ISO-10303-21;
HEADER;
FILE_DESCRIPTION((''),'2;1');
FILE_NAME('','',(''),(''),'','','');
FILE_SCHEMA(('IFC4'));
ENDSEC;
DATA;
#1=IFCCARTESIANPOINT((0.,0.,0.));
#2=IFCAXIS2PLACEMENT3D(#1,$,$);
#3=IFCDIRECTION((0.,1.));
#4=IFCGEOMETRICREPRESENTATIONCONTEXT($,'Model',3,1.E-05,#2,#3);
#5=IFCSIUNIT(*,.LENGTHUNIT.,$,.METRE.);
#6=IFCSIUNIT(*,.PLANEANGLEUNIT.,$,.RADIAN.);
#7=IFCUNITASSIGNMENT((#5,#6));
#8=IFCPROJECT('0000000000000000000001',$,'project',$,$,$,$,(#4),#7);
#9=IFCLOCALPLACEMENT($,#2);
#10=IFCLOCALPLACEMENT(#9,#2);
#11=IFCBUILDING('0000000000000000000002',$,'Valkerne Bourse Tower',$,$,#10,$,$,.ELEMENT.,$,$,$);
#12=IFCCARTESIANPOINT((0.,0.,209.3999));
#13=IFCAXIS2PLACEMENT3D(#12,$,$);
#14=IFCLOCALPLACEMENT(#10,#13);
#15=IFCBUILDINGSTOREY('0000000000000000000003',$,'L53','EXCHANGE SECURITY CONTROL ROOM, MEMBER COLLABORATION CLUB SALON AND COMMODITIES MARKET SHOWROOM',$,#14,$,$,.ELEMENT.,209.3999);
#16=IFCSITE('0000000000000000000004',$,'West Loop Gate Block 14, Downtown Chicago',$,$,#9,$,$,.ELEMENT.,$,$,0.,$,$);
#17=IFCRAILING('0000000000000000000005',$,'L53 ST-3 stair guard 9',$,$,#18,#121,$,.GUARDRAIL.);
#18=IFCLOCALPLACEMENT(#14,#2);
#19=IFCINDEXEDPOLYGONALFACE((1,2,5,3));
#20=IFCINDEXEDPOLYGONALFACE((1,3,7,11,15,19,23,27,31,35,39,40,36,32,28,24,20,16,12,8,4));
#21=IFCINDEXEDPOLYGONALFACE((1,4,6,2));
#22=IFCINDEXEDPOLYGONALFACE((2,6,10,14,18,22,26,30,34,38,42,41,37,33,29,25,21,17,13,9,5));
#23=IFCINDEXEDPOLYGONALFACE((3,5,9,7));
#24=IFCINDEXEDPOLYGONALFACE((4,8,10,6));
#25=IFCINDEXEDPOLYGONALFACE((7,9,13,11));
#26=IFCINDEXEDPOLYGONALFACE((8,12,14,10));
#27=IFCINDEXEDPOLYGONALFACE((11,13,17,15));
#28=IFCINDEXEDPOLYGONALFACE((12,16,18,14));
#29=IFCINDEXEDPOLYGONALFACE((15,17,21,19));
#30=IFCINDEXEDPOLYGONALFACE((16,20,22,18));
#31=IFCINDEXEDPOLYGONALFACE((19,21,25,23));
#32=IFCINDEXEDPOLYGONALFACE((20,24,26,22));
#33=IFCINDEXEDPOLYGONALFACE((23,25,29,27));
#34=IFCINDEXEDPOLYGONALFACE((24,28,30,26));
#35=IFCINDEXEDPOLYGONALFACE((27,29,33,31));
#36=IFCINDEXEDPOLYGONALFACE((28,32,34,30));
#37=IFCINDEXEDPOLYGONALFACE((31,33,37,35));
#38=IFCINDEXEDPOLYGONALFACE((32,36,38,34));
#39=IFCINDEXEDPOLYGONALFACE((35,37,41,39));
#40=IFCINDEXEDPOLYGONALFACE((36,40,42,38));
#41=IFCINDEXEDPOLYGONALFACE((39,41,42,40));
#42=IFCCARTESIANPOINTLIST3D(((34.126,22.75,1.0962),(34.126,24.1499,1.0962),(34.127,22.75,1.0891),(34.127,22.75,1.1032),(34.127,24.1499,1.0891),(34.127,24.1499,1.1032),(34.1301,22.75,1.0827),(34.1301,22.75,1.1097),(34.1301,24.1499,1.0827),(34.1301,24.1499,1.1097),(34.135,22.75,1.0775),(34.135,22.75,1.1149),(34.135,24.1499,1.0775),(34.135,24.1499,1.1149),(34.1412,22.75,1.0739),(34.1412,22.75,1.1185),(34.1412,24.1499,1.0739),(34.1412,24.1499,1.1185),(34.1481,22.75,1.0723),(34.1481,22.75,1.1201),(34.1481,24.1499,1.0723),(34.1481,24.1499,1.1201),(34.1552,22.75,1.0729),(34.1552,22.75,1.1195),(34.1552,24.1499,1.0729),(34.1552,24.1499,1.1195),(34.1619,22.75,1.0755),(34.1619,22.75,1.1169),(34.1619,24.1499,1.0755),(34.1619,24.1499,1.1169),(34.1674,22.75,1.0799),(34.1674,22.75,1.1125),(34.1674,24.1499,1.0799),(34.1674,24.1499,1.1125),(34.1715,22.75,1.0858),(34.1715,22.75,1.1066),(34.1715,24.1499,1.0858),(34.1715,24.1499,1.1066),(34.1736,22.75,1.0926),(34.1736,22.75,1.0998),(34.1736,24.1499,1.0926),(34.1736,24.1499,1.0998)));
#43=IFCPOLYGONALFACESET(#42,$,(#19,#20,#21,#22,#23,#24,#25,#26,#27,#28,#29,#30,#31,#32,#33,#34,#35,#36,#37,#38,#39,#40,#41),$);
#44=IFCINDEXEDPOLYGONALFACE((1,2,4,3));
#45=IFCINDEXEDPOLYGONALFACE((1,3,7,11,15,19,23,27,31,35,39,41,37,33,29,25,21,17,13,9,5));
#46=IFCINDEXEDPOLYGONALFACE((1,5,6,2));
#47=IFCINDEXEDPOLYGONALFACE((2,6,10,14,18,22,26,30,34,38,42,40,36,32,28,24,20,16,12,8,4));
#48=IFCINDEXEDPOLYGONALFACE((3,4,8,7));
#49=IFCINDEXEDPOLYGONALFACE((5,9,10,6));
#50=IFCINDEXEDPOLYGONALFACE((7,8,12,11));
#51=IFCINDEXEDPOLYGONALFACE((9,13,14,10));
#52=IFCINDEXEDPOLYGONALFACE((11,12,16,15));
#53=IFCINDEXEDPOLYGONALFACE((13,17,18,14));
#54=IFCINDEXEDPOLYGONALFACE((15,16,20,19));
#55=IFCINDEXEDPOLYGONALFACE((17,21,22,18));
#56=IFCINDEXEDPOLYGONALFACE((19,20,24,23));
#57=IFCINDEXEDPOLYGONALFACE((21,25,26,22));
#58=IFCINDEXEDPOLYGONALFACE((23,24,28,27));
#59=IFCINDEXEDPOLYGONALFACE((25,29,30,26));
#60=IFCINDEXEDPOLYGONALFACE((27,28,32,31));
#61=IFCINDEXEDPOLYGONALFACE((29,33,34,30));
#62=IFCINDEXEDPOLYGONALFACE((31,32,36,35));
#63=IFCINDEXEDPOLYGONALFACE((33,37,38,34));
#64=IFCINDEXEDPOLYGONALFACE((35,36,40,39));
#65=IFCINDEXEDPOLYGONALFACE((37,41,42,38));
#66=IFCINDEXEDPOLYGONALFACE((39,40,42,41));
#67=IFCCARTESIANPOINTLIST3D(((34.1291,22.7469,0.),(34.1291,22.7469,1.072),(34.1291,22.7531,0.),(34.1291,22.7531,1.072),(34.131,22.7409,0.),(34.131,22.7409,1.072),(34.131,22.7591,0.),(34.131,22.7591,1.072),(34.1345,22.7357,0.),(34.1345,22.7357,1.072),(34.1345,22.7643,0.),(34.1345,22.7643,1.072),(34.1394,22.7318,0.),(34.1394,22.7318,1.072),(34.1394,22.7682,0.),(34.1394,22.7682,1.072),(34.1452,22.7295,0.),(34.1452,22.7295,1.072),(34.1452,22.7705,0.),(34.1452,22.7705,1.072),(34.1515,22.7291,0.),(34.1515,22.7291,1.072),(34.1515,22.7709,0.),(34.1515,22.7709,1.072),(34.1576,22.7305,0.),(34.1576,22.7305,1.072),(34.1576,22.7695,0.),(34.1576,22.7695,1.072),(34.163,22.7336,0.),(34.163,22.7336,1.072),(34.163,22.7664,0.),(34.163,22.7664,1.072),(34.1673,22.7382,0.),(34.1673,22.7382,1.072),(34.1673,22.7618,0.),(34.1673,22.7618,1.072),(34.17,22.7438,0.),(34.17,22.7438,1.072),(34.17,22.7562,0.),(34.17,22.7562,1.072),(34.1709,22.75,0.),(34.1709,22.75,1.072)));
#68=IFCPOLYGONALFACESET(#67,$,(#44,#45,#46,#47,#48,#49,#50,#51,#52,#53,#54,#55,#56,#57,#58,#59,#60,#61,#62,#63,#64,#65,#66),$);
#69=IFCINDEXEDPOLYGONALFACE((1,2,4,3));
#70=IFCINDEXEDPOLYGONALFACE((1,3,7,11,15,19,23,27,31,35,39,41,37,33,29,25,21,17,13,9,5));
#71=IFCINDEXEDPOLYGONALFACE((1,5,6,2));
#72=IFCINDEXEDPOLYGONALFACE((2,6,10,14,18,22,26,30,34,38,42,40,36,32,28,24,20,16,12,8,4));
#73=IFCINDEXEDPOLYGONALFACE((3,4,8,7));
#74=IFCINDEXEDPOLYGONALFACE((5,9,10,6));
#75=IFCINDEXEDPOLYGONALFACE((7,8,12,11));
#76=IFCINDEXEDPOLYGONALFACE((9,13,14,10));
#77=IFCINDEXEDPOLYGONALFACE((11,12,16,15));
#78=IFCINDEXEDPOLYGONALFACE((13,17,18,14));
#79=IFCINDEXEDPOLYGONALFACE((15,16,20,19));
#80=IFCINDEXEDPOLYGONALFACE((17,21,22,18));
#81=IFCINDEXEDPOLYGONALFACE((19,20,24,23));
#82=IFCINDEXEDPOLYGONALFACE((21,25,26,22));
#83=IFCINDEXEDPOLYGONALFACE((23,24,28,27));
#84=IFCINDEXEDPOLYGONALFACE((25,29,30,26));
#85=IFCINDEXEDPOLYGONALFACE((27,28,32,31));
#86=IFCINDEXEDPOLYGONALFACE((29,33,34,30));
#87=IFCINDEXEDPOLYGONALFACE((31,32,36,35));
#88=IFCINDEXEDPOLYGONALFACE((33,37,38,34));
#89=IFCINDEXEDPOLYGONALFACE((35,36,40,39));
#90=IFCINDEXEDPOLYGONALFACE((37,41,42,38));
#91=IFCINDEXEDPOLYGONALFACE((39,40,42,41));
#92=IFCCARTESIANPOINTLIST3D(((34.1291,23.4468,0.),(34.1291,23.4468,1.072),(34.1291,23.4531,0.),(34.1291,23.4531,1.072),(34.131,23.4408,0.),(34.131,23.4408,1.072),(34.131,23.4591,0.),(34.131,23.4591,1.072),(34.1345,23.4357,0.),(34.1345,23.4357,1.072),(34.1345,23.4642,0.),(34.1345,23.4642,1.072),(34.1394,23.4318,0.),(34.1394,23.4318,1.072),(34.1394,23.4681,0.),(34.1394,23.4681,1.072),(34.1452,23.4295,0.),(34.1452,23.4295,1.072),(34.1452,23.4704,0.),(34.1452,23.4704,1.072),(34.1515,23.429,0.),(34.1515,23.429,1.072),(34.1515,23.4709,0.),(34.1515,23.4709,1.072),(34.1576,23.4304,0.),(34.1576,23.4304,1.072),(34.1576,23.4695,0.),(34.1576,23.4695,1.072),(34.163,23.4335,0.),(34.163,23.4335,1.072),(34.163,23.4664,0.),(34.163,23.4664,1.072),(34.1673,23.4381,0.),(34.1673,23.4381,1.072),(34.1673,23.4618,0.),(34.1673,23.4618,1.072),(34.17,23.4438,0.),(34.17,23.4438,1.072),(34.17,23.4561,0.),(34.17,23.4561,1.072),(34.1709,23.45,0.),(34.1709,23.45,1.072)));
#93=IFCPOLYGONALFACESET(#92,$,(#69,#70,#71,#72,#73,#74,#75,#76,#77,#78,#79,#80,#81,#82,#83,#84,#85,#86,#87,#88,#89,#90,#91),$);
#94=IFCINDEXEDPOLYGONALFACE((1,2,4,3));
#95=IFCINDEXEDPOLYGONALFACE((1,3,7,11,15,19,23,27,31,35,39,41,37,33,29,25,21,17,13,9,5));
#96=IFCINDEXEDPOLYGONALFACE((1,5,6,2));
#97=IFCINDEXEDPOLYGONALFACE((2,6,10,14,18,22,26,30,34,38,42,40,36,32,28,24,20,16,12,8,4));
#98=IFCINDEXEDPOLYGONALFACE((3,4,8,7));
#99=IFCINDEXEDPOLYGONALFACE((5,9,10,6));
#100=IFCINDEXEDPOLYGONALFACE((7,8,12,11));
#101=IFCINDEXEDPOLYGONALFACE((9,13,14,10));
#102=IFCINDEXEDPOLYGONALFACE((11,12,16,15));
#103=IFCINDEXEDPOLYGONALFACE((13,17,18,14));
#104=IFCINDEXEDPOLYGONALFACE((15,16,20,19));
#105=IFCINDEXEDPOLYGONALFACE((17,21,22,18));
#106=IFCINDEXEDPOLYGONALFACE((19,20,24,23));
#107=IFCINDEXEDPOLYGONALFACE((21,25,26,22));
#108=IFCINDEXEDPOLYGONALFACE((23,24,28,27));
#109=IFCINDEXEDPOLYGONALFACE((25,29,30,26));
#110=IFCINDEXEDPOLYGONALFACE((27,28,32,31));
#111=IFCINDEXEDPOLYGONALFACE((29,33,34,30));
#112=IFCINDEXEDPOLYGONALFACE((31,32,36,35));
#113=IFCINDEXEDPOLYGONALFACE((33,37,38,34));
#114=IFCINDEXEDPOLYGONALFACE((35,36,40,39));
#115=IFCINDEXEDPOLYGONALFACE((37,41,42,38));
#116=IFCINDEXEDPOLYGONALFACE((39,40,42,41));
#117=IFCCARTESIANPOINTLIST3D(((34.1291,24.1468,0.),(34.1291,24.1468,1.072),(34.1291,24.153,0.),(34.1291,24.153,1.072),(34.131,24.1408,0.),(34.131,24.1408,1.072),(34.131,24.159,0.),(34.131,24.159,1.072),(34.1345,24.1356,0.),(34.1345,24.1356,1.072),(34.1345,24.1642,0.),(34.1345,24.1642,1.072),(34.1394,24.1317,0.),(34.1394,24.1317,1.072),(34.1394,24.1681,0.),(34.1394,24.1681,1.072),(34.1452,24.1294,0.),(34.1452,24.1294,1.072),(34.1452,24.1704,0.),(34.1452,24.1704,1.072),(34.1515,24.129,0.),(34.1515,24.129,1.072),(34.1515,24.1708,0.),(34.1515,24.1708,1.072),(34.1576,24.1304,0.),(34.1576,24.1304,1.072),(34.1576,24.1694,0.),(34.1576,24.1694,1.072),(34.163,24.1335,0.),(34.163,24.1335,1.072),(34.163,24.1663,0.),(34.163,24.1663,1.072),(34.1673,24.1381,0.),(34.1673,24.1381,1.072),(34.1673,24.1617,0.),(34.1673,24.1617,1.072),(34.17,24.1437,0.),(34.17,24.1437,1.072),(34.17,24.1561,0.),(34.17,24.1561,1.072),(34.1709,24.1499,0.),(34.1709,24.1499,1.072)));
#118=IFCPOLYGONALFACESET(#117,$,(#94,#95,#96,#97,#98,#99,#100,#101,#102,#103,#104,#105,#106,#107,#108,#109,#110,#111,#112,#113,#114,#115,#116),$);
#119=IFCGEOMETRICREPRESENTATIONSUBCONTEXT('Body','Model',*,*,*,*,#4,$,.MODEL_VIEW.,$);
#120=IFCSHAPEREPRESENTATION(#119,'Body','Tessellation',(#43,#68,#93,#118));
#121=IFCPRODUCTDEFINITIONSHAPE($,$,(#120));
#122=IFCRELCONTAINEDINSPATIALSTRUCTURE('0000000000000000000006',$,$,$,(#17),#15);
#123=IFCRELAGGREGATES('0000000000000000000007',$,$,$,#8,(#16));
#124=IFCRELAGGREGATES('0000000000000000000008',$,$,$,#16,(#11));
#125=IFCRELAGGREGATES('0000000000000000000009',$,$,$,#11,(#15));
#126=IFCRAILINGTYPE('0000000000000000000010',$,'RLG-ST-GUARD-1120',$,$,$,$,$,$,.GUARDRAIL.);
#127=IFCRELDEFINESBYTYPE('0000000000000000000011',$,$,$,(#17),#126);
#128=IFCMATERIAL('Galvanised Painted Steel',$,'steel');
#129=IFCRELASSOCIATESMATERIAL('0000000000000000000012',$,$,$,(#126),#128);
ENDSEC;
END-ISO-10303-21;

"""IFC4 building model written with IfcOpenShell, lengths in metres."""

from ifc_helpers import new_model, si_unit, direction, frame, origin, origin_2d, place, context, subcontext, project, spatial, circle, extrude, material, type_object, element, save


model = new_model("IFC4")

# Units and contexts
model_context = context("Model", 3, precision=1e-05, world=origin(), true_north=direction((0.0, 1.0)))
body_context = subcontext(model_context, "Body", "Model", "MODEL_VIEW")
ifc_project = project(units=[si_unit("LENGTHUNIT", "METRE"), si_unit("PLANEANGLEUNIT", "RADIAN")], contexts=[model_context])

# Site, building, storey
site_placement = place(None, origin())
site = spatial("IfcSite", under=ifc_project, at=site_placement, Name="West Loop Gate Block 14, Downtown Chicago", CompositionType="ELEMENT", RefElevation=0.0)
building_placement = place(site_placement, origin())
building = spatial("IfcBuilding", under=site, at=building_placement, Name="Valkerne Bourse Tower", CompositionType="ELEMENT")
storey_placement = place(building_placement, frame((0.0, 0.0, 209.3999)))
storey = spatial("IfcBuildingStorey", under=building, at=storey_placement, Name="L53", Description="EXCHANGE SECURITY CONTROL ROOM, MEMBER COLLABORATION CLUB SALON AND COMMODITIES MARKET SHOWROOM", CompositionType="ELEMENT", Elevation=209.3999)

# Shared definitions
ifc_material_1 = material(Name="Galvanised Painted Steel", Category="steel")

# Railing
railing_type_1 = type_object("IfcRailingType", Name="RLG-ST-GUARD-1120", PredefinedType="GUARDRAIL", material=ifc_material_1)
railing_1_placement = place(storey_placement, frame((34.1499, 22.75, 0.0)))
element("IfcRailing", 1, at=railing_1_placement, inside=storey, type_object=railing_type_1, Name="L53 ST-3 stair guard 9", PredefinedType="GUARDRAIL", context=body_context, shape_type="SweptSolid", body=[
    extrude(circle(Radius=0.0239, at=origin_2d()), frame((0.0, 0.0, 1.0962), z_axis=(0.0, 1.0, 0.0), x_axis=(-1.0, 0.0, 0.0)), (0.0, 0.0, 1.0), 1.3999),
    extrude(circle(Radius=0.021, at=origin_2d()), origin(), (0.0, 0.0, 1.0), 1.072),
    extrude(circle(Radius=0.021, at=origin_2d()), frame((0.0, 0.7, 0.0)), (0.0, 0.0, 1.0), 1.072),
    extrude(circle(Radius=0.021, at=origin_2d()), frame((0.0, 1.3999, 0.0)), (0.0, 0.0, 1.0), 1.072),
])

save(model, "model.ifc")
